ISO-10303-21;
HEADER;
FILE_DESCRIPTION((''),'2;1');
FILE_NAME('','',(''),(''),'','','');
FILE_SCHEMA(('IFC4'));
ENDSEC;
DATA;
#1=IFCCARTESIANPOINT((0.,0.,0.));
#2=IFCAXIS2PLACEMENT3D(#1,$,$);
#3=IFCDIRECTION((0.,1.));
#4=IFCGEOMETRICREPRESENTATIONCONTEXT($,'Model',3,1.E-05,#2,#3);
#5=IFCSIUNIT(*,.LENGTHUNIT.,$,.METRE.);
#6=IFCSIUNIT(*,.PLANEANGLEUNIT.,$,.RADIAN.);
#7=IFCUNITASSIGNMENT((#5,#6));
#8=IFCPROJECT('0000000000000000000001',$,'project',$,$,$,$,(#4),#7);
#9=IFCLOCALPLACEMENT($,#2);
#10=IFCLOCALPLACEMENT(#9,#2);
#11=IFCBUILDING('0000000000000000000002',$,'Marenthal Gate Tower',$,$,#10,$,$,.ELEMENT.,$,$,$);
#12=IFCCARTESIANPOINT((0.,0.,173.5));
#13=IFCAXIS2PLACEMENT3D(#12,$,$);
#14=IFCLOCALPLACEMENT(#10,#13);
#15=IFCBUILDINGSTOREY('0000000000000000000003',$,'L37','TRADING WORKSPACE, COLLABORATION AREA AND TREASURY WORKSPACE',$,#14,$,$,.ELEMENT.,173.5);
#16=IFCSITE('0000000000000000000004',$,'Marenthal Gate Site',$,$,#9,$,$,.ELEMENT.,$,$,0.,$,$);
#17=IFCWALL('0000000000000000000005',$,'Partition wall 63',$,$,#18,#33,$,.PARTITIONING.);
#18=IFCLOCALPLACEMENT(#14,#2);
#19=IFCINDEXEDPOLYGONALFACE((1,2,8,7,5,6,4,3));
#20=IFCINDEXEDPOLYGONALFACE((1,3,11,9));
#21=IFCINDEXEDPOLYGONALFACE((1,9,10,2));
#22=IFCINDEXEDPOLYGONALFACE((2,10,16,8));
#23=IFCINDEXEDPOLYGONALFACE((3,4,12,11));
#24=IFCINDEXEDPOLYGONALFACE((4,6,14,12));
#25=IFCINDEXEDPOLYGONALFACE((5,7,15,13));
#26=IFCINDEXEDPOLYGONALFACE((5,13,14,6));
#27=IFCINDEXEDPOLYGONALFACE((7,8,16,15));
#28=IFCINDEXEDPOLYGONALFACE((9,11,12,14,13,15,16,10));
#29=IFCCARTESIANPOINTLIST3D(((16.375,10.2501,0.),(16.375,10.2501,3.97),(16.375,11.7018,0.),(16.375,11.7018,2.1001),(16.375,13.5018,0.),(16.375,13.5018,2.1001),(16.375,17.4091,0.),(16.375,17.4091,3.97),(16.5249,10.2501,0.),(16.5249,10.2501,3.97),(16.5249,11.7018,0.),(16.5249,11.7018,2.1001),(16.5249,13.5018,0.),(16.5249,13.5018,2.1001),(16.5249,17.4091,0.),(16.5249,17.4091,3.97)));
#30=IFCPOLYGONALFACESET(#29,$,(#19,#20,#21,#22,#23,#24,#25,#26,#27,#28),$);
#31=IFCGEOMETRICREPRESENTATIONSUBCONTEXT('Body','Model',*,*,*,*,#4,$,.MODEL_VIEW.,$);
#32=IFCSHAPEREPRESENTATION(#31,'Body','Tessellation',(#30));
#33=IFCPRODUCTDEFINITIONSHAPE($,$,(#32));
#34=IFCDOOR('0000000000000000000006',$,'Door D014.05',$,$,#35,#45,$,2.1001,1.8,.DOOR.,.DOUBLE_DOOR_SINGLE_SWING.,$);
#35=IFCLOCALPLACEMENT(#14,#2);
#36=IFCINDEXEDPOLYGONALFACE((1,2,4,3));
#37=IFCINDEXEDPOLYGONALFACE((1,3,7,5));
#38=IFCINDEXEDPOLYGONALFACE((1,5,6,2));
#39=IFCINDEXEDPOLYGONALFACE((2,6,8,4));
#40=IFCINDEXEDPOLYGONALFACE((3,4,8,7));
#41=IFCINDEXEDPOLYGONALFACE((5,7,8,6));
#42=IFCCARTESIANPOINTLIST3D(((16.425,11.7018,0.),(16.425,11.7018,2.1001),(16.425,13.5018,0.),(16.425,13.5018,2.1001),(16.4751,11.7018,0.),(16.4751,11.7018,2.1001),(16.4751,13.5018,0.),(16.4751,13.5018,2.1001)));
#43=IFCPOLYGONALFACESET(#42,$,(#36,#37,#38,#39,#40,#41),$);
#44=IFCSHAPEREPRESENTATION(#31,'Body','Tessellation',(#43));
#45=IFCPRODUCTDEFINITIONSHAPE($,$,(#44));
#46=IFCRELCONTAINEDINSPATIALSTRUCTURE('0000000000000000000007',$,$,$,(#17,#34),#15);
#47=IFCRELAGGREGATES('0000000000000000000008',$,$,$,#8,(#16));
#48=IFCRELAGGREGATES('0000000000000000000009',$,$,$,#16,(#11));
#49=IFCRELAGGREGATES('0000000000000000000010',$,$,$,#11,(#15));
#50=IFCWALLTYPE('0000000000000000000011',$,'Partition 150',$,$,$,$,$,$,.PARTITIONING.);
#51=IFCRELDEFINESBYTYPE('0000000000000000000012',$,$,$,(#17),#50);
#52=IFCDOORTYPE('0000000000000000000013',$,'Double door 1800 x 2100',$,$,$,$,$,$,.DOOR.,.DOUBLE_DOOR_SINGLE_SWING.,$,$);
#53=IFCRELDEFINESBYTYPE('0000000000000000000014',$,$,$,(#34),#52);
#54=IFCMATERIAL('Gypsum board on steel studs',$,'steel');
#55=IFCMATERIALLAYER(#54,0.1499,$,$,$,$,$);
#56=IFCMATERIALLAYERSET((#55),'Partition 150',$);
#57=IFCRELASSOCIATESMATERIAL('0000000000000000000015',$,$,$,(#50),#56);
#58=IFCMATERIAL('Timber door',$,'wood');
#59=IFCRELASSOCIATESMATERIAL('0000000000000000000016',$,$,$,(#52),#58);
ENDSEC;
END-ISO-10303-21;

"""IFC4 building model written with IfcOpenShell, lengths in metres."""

from ifc_helpers import new_model, si_unit, direction, frame, frame_2d, origin, place, context, subcontext, project, spatial, rectangle, extrude, material, layer, layer_set, type_object, element, fill, save


model = new_model("IFC4")

# Units and contexts
model_context = context("Model", 3, precision=1e-05, world=origin(), true_north=direction((0.0, 1.0)))
body_context = subcontext(model_context, "Body", "Model", "MODEL_VIEW")
ifc_project = project(units=[si_unit("LENGTHUNIT", "METRE"), si_unit("PLANEANGLEUNIT", "RADIAN")], contexts=[model_context])

# Site, building, storey
site_placement = place(None, origin())
site = spatial("IfcSite", under=ifc_project, at=site_placement, Name="Marenthal Gate Site", CompositionType="ELEMENT", RefElevation=0.0)
building_placement = place(site_placement, origin())
building = spatial("IfcBuilding", under=site, at=building_placement, Name="Marenthal Gate Tower", CompositionType="ELEMENT")
storey_placement = place(building_placement, frame((0.0, 0.0, 173.5)))
storey = spatial("IfcBuildingStorey", under=building, at=storey_placement, Name="L37", Description="TRADING WORKSPACE, COLLABORATION AREA AND TREASURY WORKSPACE", CompositionType="ELEMENT", Elevation=173.5)

# Wall, opening, door
ifc_material_1 = material(Name="Gypsum board on steel studs", Category="steel")
ifc_layer_1 = layer(ifc_material_1, 0.1499)
ifc_layer_set_1 = layer_set([ifc_layer_1], Name="Partition 150")
wall_type_1 = type_object("IfcWallType", Name="Partition 150", PredefinedType="PARTITIONING", material=ifc_layer_set_1)
wall_1_placement = place(storey_placement, frame((16.45, 10.25, 0.0), z_axis=(0.0, 0.0, 1.0), x_axis=(0.0, 1.0, 0.0)))
wall_1 = element("IfcWall", 1, at=wall_1_placement, inside=storey, type_object=wall_type_1, Name="Partition wall 63", PredefinedType="PARTITIONING", context=body_context, shape_type="SweptSolid", body=[
    extrude(rectangle(XDim=7.1589, YDim=0.1499, at=frame_2d((3.5796, 0.0))), origin(), (0.0, 0.0, 1.0), 3.97),
])
opening_placement = place(wall_1_placement, frame((1.4519, 0.0, 0.0)))
opening = element("IfcOpeningElement", 2, at=opening_placement, cuts=wall_1, PredefinedType="OPENING", context=body_context, shape_type="SweptSolid", body=[
    extrude(rectangle(XDim=1.8, YDim=2.1001, at=frame_2d((0.8999, 1.05))), frame((0.0, 0.085, 0.0), z_axis=(0.0, -1.0, 0.0), x_axis=(1.0, 0.0, 0.0)), (0.0, 0.0, 1.0), 0.1699),
])
ifc_material_2 = material(Name="Timber door", Category="wood")
door_type = type_object("IfcDoorType", Name="Double door 1800 x 2100", OperationType="DOUBLE_DOOR_SINGLE_SWING", PredefinedType="DOOR", material=ifc_material_2)
door_placement = place(opening_placement, origin())
door = element("IfcDoor", 3, at=door_placement, inside=storey, type_object=door_type, Name="Door D014.05", OperationType="DOUBLE_DOOR_SINGLE_SWING", OverallHeight=2.1001, OverallWidth=1.8, PredefinedType="DOOR", context=body_context, shape_type="SweptSolid", body=[
    extrude(rectangle(XDim=1.8, YDim=2.1001, at=frame_2d((0.8999, 1.05))), frame((0.0, 0.0249, 0.0), z_axis=(0.0, -1.0, 0.0), x_axis=(1.0, 0.0, 0.0)), (0.0, 0.0, 1.0), 0.05),
])
fill(opening, door)

save(model, "model.ifc")
